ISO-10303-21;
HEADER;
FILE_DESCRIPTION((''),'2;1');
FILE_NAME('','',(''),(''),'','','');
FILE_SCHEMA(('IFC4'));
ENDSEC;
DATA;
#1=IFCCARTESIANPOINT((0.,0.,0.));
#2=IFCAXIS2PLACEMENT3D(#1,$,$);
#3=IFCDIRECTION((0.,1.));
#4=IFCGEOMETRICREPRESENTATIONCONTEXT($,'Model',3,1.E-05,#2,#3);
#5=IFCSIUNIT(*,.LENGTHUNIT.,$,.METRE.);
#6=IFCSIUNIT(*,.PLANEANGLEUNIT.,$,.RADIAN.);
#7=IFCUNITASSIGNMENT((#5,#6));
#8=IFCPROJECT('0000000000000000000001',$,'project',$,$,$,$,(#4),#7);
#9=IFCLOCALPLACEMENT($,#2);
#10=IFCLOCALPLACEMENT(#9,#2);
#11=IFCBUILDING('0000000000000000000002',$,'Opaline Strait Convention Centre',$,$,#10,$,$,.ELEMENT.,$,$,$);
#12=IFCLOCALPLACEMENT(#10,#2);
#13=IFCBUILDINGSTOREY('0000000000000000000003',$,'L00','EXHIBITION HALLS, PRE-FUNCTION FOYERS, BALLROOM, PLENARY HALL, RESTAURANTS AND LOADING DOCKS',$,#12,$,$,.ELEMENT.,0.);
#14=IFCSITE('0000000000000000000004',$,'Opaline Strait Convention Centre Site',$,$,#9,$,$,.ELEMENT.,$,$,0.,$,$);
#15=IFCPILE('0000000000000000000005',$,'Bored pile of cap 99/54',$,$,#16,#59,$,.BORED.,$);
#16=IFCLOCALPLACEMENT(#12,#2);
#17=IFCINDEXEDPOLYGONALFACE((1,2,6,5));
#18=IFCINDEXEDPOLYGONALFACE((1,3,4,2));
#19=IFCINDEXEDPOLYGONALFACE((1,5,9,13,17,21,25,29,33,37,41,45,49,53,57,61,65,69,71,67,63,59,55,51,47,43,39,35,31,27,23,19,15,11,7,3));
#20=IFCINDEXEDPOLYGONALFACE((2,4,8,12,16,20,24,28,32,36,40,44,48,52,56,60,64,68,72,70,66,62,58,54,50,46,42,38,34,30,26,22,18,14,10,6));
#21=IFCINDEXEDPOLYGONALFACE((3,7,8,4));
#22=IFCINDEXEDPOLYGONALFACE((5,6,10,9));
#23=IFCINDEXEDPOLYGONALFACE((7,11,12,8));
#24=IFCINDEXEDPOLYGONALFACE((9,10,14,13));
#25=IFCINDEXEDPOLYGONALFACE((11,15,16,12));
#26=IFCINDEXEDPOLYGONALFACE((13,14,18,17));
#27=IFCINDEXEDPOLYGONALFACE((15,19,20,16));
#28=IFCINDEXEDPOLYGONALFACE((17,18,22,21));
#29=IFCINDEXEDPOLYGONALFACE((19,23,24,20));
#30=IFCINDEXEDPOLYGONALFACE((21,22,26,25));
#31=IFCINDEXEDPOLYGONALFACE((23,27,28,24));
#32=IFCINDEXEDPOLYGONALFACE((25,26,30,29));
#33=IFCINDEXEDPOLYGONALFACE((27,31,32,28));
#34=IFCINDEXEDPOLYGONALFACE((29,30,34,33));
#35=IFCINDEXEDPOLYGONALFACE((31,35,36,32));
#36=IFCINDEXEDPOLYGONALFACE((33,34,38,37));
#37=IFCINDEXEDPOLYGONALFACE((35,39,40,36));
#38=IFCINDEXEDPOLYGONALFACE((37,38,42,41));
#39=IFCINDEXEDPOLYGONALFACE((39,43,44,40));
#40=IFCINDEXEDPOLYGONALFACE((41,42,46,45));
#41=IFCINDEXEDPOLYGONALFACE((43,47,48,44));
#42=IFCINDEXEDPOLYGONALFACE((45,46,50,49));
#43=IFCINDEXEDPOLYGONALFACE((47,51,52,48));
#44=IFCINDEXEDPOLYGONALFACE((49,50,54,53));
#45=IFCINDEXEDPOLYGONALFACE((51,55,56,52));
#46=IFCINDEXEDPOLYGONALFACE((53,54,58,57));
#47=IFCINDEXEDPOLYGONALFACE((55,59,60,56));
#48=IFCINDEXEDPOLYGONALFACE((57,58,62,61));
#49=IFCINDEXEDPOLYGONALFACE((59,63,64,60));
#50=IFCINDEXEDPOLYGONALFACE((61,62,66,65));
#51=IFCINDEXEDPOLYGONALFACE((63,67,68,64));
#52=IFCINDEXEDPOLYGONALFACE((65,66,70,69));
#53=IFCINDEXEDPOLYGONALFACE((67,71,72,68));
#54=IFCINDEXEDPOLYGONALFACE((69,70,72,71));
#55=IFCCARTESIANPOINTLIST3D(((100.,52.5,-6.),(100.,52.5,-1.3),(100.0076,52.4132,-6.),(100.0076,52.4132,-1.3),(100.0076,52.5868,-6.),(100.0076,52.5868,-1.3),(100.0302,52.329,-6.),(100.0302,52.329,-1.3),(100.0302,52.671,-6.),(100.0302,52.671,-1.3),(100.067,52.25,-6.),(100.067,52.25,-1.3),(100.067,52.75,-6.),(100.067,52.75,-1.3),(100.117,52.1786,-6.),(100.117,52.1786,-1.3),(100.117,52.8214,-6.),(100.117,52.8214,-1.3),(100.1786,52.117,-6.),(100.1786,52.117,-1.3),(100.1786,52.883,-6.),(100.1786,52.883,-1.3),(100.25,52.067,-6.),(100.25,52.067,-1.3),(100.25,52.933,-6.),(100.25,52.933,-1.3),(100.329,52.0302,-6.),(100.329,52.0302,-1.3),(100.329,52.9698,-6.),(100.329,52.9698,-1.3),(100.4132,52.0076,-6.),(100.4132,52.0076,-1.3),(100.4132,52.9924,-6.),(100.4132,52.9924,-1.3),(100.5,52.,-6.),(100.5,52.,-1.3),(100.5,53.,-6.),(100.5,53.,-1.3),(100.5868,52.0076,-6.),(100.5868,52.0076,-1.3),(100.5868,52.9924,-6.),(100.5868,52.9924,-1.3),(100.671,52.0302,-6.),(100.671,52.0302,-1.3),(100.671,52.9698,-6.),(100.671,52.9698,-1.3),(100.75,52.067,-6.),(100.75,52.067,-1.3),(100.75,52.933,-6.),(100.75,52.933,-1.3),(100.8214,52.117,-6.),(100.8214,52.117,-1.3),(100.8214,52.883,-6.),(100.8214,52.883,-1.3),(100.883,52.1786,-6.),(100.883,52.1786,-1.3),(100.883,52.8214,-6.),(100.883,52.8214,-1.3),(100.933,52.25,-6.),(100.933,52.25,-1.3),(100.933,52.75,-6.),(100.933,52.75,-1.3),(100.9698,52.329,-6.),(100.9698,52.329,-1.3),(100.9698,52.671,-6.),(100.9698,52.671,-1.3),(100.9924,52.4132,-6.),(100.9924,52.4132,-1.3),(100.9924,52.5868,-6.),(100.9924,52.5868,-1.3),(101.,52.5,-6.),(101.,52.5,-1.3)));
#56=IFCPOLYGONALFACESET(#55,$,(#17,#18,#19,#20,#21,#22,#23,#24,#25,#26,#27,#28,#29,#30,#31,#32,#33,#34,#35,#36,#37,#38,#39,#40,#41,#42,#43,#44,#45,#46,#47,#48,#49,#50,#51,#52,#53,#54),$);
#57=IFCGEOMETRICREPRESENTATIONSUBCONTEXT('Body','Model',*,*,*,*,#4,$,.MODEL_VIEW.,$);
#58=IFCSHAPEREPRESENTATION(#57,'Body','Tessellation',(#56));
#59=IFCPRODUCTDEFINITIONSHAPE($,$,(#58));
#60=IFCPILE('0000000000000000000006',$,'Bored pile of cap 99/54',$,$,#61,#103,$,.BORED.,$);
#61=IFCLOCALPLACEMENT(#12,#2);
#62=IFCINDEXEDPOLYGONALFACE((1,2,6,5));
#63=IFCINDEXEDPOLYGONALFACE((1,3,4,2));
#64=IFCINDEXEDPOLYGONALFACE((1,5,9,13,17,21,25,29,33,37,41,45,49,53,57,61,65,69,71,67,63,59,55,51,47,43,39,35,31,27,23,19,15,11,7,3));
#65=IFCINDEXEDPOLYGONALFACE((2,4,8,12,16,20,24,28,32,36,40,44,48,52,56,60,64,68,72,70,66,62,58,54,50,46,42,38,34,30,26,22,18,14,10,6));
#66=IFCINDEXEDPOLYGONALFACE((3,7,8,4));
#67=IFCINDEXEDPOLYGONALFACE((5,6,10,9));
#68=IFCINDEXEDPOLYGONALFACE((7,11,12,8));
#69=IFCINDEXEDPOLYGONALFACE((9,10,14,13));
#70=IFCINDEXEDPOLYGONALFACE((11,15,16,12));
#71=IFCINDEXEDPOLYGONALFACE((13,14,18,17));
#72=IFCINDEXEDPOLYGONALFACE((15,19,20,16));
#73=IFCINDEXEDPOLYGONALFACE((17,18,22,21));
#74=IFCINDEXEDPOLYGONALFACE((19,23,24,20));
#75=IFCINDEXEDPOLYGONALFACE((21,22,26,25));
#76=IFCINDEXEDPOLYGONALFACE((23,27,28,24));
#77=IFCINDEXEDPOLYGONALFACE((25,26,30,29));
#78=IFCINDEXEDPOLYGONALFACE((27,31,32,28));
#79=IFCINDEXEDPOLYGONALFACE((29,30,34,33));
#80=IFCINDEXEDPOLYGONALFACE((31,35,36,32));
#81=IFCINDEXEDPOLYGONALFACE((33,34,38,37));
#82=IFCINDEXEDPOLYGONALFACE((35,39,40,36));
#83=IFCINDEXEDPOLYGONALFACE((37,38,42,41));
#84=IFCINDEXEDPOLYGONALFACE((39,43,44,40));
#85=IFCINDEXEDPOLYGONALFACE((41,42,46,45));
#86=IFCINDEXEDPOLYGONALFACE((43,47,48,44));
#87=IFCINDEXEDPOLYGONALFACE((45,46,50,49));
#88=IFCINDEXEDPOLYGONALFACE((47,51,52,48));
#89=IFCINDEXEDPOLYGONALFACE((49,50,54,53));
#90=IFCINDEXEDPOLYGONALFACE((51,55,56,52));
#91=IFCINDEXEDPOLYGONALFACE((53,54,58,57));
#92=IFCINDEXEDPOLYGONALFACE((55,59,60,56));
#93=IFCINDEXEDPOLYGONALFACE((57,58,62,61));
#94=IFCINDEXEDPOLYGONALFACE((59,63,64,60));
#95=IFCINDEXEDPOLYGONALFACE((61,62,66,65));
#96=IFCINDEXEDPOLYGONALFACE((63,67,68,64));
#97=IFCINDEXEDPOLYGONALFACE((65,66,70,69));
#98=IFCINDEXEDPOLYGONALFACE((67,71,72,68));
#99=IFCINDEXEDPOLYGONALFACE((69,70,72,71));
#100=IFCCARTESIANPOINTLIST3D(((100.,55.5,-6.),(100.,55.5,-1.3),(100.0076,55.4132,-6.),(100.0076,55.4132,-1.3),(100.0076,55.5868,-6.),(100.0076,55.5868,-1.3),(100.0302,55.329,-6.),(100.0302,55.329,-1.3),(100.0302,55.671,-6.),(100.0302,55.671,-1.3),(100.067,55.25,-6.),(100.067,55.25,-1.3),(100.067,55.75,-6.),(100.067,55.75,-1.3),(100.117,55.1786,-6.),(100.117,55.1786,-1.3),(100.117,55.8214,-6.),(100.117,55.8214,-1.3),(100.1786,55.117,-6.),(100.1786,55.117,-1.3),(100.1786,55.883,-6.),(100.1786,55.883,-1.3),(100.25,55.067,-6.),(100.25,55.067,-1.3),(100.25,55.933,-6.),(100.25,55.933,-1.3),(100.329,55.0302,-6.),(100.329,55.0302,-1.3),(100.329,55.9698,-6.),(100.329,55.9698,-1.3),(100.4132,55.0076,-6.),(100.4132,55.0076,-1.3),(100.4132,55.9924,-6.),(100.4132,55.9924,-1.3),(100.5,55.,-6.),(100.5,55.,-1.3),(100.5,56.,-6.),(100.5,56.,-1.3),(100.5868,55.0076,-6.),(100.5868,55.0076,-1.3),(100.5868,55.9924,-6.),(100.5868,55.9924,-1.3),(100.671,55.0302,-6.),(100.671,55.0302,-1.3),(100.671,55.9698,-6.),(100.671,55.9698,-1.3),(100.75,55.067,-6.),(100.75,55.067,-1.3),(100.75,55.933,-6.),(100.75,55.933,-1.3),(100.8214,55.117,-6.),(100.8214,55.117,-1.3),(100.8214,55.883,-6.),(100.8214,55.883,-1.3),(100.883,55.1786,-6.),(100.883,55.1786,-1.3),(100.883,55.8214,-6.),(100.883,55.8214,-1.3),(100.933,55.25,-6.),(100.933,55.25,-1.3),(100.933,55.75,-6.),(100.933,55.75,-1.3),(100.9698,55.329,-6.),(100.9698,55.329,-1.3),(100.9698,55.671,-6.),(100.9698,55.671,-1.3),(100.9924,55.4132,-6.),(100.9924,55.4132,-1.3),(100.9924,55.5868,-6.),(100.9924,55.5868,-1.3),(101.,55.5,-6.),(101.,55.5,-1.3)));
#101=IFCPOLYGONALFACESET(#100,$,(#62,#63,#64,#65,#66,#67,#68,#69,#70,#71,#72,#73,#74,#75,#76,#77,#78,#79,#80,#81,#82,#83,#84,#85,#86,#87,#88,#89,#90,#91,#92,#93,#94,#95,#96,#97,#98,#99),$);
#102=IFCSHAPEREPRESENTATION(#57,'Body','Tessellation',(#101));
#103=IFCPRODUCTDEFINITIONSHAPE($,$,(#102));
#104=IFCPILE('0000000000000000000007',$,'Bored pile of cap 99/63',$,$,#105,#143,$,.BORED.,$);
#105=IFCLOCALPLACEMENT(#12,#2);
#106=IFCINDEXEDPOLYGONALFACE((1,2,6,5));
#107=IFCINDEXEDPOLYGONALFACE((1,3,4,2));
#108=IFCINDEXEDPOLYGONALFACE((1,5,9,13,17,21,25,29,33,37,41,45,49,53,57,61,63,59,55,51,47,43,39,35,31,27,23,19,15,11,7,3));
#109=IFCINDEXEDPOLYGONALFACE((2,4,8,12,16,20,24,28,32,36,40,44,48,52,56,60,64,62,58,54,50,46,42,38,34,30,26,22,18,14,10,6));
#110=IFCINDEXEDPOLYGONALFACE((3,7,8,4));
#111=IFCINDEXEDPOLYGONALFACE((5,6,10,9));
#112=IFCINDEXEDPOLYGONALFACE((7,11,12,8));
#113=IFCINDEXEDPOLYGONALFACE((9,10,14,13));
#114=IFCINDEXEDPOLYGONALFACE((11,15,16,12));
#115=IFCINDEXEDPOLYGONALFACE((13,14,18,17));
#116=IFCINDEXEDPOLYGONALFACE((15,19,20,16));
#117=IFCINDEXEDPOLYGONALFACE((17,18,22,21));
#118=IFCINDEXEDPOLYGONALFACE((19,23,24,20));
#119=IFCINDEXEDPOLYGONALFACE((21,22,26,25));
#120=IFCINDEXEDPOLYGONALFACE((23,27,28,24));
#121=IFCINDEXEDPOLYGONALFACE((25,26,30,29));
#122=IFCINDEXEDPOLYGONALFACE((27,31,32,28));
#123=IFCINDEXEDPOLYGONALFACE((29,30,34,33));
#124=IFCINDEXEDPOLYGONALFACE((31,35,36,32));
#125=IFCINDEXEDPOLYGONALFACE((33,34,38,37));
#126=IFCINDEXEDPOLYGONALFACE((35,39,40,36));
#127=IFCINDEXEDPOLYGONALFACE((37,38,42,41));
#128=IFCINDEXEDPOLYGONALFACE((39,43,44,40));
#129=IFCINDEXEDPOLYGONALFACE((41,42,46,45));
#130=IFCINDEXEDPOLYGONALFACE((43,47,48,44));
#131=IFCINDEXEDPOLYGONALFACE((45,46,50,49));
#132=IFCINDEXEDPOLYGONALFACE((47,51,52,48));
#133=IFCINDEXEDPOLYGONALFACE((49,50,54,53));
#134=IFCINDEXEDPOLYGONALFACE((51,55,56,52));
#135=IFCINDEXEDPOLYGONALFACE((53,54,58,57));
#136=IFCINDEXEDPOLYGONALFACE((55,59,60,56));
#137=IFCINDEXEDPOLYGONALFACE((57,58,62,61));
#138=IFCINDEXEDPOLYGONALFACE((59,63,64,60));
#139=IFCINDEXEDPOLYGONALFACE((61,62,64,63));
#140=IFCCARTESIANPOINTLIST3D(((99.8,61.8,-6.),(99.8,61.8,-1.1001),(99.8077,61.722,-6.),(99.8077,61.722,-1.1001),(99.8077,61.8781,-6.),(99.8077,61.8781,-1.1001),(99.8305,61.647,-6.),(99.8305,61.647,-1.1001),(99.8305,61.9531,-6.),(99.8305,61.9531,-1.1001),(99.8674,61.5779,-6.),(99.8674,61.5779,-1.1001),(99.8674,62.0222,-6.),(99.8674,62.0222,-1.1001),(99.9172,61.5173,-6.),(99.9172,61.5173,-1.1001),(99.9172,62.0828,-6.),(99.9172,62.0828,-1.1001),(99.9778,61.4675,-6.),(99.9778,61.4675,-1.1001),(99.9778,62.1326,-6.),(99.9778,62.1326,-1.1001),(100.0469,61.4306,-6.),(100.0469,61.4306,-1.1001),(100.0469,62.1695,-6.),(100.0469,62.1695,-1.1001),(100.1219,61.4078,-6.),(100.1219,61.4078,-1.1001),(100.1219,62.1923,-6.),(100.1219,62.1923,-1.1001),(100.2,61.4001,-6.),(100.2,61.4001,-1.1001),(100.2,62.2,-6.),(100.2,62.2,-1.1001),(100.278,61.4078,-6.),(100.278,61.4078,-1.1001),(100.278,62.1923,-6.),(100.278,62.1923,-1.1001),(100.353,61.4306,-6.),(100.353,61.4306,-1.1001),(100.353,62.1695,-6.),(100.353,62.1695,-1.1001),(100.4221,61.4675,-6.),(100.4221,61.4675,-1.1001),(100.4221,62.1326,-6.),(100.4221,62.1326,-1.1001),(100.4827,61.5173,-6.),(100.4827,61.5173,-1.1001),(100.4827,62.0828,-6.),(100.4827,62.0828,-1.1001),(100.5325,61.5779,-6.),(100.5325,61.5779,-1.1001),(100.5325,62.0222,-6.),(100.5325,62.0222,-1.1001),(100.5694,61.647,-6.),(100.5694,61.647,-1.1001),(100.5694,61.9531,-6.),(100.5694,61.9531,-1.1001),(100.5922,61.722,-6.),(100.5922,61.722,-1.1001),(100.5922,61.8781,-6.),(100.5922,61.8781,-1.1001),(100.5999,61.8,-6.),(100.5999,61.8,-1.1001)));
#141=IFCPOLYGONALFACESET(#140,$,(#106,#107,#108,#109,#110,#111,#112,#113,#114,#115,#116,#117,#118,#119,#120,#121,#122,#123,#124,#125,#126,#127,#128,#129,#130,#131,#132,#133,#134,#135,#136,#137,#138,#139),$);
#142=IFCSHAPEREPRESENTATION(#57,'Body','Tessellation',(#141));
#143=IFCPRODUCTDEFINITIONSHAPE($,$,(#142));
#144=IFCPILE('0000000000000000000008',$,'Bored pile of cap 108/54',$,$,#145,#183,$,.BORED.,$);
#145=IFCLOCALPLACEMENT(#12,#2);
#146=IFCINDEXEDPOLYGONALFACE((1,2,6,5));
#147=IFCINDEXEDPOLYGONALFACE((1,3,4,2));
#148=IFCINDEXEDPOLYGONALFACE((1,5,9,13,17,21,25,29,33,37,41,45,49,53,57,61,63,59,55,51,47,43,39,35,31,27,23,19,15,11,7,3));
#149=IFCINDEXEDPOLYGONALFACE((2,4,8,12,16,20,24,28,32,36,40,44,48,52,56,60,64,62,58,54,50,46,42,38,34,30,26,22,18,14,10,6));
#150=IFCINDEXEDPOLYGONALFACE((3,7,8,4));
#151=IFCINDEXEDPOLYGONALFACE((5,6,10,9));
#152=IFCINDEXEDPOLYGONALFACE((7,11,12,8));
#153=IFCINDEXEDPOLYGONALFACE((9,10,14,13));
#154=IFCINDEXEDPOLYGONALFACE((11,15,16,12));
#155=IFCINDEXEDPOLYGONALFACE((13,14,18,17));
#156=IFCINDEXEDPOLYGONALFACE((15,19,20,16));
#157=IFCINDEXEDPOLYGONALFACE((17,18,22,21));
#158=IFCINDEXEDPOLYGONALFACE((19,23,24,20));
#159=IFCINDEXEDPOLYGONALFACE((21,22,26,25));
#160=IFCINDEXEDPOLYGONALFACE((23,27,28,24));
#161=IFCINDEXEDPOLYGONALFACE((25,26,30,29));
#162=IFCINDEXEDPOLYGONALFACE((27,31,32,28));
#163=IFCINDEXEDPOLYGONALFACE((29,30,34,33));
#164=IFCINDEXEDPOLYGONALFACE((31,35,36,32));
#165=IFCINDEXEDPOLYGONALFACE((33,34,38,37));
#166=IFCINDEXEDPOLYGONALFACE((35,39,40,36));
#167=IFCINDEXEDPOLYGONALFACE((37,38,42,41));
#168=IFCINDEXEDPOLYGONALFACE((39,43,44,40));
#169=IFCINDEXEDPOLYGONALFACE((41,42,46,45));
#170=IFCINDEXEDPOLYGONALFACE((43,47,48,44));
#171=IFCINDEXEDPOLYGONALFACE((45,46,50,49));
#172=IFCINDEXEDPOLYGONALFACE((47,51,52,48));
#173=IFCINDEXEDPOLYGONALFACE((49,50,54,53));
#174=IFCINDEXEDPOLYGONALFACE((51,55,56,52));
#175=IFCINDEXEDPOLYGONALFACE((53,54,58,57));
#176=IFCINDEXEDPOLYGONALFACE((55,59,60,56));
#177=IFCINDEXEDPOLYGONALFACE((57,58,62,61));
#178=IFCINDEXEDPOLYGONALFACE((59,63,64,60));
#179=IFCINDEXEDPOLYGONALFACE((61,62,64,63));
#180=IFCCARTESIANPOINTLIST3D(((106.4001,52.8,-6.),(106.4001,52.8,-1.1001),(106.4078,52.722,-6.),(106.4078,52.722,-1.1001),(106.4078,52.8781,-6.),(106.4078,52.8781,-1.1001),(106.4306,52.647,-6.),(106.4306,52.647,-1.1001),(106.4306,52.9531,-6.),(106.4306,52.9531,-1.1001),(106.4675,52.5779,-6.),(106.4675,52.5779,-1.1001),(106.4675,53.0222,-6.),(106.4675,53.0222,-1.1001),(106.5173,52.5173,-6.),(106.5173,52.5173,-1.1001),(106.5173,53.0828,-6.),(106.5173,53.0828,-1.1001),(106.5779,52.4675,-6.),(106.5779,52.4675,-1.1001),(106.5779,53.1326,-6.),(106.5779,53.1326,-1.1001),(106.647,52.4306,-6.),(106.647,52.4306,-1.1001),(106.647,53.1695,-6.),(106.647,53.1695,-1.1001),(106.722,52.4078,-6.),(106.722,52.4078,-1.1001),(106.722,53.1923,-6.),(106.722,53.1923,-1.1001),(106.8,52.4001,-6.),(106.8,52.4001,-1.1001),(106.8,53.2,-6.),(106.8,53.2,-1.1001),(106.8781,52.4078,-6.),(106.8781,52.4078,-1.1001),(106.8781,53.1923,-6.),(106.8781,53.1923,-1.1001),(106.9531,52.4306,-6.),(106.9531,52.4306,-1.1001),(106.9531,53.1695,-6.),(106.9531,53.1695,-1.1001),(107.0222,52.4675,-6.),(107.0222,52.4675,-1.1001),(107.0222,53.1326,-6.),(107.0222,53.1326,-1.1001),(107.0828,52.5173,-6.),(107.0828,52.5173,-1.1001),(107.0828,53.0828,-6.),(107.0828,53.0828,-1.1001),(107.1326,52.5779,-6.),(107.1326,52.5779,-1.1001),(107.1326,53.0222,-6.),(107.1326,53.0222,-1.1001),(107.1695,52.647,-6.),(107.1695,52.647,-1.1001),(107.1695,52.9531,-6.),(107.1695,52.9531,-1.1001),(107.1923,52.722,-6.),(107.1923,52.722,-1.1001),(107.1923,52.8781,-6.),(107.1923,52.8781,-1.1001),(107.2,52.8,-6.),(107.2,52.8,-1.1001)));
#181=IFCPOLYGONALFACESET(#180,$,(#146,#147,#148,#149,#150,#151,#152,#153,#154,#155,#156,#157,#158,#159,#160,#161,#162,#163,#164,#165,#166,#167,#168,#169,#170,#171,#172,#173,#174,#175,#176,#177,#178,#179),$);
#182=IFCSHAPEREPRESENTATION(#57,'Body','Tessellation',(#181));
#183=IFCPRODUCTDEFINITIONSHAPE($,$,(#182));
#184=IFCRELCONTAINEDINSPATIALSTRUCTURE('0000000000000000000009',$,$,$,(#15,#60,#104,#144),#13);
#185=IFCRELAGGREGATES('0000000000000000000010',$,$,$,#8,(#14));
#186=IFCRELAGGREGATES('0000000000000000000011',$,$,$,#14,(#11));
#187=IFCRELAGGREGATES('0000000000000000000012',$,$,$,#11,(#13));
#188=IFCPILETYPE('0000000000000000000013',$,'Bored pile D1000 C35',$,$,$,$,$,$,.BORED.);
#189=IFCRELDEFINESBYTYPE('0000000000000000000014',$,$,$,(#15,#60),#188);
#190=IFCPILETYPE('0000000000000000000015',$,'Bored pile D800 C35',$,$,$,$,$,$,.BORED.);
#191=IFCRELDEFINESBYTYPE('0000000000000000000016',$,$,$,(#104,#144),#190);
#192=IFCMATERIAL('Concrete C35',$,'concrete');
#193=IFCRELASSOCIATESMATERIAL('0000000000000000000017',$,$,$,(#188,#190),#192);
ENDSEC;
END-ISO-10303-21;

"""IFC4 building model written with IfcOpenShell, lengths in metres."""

from ifc_helpers import new_model, si_unit, direction, frame, origin, origin_2d, place, context, subcontext, project, spatial, circle, extrude, material, material_profile, profile_set, type_object, element, save


model = new_model("IFC4")

# Units and contexts
model_context = context("Model", 3, precision=1e-05, world=origin(), true_north=direction((0.0, 1.0)))
body_context = subcontext(model_context, "Body", "Model", "MODEL_VIEW")
ifc_project = project(units=[si_unit("LENGTHUNIT", "METRE"), si_unit("PLANEANGLEUNIT", "RADIAN")], contexts=[model_context])

# Site, building, storey
site_placement = place(None, origin())
site = spatial("IfcSite", under=ifc_project, at=site_placement, Name="Opaline Strait Convention Centre Site", CompositionType="ELEMENT", RefElevation=0.0)
building_placement = place(site_placement, origin())
building = spatial("IfcBuilding", under=site, at=building_placement, Name="Opaline Strait Convention Centre", CompositionType="ELEMENT")
storey_placement = place(building_placement, origin())
storey = spatial("IfcBuildingStorey", under=building, at=storey_placement, Name="L00", Description="EXHIBITION HALLS, PRE-FUNCTION FOYERS, BALLROOM, PLENARY HALL, RESTAURANTS AND LOADING DOCKS", CompositionType="ELEMENT", Elevation=0.0)

# Piles
ifc_material_1 = material(Name="Concrete C35", Category="concrete")
ifc_material_profile_1 = material_profile(ifc_material_1, circle(Radius=0.5, at=origin_2d()), Name="D1000")
ifc_profile_set_1 = profile_set([ifc_material_profile_1], Name="Concrete C35")
pile_type_1 = type_object("IfcPileType", Name="Bored pile D1000 C35", PredefinedType="BORED", material=ifc_profile_set_1)
for number, where, z_axis, x_axis, name in (
    (1, (100.5, 52.5, -1.3), (0.0, 0.0, -1.0), (1.0, 0.0, 0.0), "Bored pile of cap 99/54"),
    (2, (100.5, 55.5, -1.3), (0.0, 0.0, -1.0), (1.0, 0.0, 0.0), "Bored pile of cap 99/54"),
):
    element("IfcPile", number, at=place(storey_placement, frame(where, z_axis=z_axis, x_axis=x_axis)), inside=storey, type_object=pile_type_1, Name=name, PredefinedType="BORED", context=body_context, shape_type="SweptSolid", body=[
        extrude(circle(Radius=0.5, at=origin_2d()), origin(), (0.0, 0.0, 1.0), 4.7),
    ])
ifc_material_profile_2 = material_profile(ifc_material_1, circle(Radius=0.3999, at=origin_2d()), Name="D800")
ifc_profile_set_2 = profile_set([ifc_material_profile_2], Name="Concrete C35")
pile_type_2 = type_object("IfcPileType", Name="Bored pile D800 C35", PredefinedType="BORED", material=ifc_profile_set_2)
for number, where, z_axis, x_axis, name in (
    (3, (100.2, 61.8, -1.1001), (0.0, 0.0, -1.0), (1.0, 0.0, 0.0), "Bored pile of cap 99/63"),
    (4, (106.8, 52.8, -1.1001), (0.0, 0.0, -1.0), (1.0, 0.0, 0.0), "Bored pile of cap 108/54"),
):
    element("IfcPile", number, at=place(storey_placement, frame(where, z_axis=z_axis, x_axis=x_axis)), inside=storey, type_object=pile_type_2, Name=name, PredefinedType="BORED", context=body_context, shape_type="SweptSolid", body=[
        extrude(circle(Radius=0.3999, at=origin_2d()), origin(), (0.0, 0.0, 1.0), 4.8999),
    ])

save(model, "model.ifc")
